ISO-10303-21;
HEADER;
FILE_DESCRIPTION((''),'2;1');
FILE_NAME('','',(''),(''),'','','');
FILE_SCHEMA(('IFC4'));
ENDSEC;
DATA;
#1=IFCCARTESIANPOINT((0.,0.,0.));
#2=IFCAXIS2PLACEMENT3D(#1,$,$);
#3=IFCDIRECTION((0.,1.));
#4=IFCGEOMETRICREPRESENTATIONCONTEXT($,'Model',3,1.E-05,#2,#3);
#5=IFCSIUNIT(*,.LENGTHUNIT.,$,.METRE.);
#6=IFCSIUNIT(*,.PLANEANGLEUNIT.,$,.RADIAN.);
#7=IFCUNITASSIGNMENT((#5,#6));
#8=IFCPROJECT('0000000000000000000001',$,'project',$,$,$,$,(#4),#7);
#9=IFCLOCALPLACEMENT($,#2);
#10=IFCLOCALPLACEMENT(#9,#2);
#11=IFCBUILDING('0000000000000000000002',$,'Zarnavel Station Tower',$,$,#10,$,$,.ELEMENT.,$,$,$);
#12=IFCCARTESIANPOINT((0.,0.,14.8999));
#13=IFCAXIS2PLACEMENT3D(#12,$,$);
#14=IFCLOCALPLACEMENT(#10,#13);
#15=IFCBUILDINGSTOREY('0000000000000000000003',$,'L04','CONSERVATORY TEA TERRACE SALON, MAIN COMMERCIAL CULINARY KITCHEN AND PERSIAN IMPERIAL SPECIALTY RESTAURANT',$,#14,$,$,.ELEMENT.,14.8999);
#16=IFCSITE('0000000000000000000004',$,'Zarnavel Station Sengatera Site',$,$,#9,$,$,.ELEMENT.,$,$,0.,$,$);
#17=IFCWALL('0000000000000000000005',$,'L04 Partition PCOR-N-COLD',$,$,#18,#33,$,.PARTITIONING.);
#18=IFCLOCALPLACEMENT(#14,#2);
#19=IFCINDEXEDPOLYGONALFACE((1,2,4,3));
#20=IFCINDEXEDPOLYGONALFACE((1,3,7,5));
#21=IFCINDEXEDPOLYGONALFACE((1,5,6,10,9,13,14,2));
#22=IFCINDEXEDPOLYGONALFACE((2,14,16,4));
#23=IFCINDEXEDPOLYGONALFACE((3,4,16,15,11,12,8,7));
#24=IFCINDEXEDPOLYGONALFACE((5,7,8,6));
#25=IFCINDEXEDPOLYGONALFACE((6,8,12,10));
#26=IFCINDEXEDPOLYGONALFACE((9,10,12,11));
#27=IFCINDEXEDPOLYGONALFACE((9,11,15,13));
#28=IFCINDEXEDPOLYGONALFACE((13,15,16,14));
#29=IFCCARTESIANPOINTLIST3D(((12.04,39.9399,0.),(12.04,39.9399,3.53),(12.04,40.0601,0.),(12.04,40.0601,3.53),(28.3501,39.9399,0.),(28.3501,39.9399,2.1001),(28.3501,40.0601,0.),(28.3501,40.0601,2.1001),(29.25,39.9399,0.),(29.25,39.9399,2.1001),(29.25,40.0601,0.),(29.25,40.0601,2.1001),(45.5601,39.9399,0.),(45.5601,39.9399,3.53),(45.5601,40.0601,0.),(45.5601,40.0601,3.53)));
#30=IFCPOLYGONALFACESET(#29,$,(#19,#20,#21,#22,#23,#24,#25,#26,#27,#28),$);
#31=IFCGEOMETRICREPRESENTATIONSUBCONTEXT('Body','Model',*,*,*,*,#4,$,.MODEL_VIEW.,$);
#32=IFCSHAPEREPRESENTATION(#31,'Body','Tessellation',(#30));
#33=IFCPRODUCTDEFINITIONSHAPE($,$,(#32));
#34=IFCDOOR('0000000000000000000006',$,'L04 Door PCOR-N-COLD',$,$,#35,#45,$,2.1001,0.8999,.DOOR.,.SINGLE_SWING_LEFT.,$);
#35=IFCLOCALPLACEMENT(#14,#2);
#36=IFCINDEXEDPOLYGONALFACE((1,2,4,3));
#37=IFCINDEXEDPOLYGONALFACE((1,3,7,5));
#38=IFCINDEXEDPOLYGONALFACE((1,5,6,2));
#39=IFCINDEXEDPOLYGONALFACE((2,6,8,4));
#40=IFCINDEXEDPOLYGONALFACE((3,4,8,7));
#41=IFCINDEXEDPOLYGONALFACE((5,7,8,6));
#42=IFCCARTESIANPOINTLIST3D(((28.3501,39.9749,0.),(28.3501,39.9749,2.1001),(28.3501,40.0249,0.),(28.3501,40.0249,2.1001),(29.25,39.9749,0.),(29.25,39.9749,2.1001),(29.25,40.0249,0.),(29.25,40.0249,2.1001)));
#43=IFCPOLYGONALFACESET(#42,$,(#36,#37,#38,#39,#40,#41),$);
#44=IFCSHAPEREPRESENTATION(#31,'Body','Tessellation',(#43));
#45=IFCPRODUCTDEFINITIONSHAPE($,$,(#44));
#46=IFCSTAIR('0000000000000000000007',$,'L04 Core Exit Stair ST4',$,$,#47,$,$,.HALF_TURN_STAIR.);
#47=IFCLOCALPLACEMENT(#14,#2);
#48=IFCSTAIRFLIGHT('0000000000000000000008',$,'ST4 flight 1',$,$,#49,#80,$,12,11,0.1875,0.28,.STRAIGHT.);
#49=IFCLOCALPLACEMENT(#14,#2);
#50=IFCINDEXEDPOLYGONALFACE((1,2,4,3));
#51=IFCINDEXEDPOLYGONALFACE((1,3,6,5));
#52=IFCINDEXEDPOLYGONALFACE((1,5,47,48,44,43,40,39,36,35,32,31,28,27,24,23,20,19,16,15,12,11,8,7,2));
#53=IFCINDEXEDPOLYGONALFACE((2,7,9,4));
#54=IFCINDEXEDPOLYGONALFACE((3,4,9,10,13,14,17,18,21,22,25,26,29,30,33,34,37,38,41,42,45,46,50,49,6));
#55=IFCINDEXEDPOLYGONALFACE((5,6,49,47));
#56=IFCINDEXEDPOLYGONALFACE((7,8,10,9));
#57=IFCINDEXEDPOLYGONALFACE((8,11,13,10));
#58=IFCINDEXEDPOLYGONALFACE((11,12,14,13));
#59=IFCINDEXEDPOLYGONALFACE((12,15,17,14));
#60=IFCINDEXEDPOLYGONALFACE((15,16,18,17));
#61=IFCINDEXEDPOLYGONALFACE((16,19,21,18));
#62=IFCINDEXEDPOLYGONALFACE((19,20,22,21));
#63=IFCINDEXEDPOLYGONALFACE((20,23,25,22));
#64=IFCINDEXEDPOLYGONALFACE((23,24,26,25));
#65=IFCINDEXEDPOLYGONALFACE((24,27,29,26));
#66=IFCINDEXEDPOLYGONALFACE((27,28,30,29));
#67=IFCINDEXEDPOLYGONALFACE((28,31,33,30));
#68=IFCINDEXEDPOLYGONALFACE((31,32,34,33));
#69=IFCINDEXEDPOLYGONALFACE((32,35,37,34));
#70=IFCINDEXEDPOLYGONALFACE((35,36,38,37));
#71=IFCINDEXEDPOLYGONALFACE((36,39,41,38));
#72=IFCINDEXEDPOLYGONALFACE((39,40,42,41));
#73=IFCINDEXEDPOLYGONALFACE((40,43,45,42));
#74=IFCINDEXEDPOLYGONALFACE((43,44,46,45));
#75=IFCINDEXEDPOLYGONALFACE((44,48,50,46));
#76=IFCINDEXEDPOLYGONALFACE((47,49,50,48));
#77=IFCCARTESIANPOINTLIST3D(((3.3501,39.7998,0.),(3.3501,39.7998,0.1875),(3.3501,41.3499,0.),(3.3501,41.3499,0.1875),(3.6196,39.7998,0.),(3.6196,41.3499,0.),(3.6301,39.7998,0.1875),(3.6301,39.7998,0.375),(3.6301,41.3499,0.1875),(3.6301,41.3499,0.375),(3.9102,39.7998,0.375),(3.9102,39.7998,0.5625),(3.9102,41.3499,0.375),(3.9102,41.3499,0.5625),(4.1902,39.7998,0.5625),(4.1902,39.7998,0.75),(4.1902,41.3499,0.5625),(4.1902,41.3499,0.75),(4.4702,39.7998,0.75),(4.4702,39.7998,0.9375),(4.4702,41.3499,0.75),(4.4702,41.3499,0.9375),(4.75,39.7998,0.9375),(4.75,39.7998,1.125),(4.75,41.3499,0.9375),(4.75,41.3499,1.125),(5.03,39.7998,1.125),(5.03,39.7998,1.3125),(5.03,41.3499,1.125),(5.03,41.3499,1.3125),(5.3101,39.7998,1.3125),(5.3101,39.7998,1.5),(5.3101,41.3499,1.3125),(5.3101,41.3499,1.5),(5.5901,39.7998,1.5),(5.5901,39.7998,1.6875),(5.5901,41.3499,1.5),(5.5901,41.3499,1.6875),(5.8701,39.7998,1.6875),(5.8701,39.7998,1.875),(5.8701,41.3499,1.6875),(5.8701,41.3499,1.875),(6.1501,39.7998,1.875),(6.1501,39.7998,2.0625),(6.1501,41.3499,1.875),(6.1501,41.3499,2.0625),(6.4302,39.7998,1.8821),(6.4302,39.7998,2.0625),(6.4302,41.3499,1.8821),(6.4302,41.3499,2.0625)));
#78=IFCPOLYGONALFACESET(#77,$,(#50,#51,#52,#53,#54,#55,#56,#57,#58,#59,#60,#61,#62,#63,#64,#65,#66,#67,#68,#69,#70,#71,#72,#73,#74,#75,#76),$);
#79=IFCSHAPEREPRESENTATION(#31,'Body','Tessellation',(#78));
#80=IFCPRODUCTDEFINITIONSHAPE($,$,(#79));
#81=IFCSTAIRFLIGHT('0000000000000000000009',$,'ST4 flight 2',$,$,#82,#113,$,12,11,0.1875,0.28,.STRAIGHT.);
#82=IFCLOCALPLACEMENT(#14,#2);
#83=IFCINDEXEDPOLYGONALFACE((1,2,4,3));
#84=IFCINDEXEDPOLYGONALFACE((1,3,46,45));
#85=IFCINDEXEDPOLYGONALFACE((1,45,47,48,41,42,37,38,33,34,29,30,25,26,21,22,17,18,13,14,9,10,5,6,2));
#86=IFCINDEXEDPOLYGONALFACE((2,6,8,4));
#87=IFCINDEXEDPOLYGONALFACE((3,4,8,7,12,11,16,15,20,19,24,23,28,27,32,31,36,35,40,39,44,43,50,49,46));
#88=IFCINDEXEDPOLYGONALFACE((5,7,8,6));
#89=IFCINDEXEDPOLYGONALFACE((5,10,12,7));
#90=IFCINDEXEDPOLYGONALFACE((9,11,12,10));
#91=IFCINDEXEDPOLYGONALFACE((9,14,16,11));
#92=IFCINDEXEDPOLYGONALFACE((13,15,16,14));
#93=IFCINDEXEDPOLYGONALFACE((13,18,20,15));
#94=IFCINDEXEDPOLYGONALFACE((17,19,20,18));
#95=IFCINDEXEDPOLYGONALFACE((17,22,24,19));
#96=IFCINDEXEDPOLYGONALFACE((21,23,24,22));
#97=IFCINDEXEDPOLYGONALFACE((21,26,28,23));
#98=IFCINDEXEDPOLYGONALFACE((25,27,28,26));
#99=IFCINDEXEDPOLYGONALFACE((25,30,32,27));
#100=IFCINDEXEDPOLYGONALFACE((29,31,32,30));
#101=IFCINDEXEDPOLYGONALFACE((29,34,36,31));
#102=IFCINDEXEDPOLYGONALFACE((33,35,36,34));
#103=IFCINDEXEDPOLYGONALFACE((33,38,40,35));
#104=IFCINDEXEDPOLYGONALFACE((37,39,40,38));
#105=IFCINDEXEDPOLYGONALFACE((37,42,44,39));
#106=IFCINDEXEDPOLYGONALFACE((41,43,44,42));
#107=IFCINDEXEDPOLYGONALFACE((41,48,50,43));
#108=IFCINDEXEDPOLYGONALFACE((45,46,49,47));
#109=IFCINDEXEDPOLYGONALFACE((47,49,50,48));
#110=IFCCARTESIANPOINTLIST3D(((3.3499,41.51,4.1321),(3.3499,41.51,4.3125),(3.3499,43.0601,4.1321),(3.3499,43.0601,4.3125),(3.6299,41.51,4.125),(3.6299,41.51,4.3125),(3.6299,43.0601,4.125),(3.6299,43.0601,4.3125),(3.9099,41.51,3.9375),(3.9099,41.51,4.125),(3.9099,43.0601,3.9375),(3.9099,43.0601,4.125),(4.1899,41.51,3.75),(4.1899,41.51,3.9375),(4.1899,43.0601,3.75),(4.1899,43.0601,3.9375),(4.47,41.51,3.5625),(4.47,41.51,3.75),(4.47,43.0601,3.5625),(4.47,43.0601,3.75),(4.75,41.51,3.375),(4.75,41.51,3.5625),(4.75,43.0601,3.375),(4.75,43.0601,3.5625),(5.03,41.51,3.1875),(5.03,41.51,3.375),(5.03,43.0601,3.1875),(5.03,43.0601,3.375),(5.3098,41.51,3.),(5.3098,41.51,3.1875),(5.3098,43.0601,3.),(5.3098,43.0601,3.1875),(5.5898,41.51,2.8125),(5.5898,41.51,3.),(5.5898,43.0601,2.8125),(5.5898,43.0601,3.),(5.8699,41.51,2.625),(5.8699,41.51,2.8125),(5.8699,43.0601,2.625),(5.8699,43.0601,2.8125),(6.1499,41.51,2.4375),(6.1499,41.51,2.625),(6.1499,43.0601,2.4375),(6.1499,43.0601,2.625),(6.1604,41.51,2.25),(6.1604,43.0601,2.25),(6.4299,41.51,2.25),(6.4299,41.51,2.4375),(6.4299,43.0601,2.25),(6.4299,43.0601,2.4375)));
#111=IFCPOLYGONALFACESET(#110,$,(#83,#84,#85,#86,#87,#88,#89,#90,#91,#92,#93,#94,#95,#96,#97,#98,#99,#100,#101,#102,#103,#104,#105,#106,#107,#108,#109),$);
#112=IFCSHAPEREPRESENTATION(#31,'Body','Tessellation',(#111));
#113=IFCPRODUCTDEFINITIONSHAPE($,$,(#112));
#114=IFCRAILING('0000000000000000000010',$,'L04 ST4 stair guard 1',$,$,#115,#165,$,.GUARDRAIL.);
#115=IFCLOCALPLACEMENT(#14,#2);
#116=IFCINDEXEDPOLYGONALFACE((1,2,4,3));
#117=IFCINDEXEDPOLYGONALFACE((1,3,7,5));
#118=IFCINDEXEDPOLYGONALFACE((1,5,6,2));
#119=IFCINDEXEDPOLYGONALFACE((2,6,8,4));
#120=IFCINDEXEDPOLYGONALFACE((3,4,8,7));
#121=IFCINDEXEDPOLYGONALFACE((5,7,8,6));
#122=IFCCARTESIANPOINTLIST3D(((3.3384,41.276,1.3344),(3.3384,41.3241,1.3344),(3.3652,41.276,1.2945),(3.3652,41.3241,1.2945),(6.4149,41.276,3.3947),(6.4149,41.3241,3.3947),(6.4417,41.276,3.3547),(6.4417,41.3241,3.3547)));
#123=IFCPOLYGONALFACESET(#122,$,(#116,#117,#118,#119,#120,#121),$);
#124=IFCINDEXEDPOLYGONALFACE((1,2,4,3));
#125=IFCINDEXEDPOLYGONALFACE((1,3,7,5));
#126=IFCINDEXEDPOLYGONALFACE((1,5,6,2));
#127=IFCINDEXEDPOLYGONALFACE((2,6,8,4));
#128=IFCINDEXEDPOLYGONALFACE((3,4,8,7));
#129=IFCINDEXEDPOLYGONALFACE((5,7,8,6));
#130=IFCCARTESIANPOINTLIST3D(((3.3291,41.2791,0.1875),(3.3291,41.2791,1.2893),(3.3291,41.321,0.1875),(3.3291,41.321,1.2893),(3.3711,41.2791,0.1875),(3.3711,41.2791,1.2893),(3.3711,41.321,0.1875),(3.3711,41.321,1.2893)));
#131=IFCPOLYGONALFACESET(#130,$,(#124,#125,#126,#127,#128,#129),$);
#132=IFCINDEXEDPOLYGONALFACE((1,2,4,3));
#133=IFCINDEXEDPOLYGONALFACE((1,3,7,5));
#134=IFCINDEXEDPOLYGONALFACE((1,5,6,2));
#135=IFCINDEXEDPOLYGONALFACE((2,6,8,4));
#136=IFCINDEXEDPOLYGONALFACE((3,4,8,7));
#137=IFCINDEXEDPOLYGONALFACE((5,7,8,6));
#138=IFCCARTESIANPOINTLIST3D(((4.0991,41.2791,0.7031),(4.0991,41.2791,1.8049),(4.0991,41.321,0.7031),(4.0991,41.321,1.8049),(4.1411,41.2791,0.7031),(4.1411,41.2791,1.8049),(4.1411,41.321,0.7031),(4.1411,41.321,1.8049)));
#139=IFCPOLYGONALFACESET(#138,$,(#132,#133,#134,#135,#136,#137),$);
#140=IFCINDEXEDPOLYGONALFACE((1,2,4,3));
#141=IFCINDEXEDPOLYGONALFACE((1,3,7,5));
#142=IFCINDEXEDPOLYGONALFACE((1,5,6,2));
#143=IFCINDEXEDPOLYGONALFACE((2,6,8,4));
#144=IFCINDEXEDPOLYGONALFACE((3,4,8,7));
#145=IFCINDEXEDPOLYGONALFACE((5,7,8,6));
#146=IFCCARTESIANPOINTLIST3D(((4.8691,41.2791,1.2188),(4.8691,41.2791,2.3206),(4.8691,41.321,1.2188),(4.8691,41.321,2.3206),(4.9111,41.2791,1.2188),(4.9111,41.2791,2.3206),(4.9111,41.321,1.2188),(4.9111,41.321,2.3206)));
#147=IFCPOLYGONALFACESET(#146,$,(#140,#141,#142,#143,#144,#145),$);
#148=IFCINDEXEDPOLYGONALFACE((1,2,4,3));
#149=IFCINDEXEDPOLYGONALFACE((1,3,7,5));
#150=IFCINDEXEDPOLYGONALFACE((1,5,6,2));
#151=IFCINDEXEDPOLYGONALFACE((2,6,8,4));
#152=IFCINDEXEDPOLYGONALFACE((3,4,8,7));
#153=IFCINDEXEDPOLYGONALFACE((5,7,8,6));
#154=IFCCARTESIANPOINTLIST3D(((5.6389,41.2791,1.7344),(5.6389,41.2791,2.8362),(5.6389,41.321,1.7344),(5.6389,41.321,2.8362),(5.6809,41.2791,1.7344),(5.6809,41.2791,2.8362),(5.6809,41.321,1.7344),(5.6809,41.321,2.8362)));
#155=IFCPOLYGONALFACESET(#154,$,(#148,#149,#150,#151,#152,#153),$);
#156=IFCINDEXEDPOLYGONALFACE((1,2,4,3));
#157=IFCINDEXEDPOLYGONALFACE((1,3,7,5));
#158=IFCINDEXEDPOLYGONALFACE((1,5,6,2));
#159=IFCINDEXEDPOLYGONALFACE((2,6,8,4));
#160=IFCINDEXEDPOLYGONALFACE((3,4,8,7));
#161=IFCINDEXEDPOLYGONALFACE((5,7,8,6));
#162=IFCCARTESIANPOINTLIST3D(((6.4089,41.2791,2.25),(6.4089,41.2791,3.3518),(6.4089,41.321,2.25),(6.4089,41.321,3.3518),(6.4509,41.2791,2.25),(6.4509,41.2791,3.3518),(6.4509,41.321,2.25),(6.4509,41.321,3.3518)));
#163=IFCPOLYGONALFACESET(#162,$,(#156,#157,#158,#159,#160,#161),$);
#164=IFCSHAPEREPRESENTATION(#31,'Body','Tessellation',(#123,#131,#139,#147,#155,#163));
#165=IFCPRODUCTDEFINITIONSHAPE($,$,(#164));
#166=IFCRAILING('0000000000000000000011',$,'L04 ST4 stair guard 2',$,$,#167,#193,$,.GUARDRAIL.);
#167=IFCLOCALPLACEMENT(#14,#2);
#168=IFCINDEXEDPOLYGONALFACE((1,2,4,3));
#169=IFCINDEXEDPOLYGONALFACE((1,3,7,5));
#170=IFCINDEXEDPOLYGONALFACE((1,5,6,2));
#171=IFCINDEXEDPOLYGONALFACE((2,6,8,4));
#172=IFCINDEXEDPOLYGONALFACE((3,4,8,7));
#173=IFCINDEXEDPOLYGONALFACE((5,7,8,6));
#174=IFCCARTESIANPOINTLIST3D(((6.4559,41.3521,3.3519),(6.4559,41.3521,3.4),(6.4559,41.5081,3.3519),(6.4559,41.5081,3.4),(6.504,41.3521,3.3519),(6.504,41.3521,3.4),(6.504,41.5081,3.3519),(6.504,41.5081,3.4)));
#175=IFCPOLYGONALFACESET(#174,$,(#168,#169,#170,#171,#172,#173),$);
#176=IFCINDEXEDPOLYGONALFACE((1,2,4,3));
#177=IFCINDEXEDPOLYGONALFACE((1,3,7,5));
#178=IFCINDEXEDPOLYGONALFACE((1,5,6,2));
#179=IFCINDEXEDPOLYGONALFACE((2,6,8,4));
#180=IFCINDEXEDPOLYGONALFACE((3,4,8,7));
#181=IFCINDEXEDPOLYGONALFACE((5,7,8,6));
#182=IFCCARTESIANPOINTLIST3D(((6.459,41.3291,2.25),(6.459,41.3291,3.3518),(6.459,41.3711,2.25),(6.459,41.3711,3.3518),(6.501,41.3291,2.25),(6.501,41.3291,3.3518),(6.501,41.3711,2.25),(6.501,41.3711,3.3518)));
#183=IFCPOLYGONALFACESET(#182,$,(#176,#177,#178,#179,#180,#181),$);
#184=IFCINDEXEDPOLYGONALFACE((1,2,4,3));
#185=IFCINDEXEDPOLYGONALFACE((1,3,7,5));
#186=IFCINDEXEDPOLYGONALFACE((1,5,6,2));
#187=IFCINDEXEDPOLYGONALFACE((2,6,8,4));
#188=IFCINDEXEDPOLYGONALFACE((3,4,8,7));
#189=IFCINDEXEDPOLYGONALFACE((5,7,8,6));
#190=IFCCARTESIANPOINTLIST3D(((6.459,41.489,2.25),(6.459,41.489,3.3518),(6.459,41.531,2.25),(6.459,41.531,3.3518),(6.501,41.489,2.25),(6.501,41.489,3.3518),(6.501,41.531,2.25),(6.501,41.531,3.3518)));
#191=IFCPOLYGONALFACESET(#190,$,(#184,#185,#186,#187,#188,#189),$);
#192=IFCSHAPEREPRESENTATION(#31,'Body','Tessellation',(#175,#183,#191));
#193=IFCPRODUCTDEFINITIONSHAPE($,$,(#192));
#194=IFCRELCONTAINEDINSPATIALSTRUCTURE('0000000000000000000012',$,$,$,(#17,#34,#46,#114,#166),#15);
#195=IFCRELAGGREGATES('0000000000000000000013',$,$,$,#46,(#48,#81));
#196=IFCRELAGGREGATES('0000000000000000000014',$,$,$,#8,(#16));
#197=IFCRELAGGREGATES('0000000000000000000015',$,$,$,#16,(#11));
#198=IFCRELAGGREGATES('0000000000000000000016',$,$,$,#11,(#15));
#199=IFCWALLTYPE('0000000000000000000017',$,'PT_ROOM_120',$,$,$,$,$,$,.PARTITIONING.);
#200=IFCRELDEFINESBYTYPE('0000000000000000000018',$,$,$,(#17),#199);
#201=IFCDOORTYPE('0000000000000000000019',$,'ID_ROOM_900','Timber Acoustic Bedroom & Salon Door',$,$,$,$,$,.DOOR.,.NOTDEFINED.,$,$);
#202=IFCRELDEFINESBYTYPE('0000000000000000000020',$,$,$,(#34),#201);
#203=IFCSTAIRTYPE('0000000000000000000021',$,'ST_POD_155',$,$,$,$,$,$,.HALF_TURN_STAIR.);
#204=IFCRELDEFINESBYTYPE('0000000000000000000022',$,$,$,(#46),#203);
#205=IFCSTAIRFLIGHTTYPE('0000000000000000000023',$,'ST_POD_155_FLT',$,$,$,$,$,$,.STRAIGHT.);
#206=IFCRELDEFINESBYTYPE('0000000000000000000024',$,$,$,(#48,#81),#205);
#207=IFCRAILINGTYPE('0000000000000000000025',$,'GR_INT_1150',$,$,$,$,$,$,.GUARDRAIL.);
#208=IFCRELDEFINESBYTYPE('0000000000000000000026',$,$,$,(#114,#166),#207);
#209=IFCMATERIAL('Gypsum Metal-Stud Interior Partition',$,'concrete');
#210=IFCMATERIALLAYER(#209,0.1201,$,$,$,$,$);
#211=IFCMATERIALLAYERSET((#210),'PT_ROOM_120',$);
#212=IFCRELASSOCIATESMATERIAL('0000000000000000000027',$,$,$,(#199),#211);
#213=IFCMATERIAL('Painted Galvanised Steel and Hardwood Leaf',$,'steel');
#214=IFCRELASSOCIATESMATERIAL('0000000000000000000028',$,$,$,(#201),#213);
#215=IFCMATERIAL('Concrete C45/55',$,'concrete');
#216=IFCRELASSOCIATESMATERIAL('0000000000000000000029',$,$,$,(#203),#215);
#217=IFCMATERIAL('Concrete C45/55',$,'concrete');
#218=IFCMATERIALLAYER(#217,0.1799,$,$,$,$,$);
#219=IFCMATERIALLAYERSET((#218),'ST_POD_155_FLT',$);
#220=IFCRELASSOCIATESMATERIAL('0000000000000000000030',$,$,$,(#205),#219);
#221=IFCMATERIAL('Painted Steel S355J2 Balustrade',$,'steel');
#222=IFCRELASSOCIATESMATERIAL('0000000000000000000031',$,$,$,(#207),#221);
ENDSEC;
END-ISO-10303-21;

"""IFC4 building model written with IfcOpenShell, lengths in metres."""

from ifc_helpers import new_model, si_unit, direction, frame, frame_2d, origin, origin_2d, place, context, subcontext, project, spatial, polyline, rectangle, outline, extrude, material, layer, layer_set, type_object, element, fill, aggregate, save


model = new_model("IFC4")

# Units and contexts
model_context = context("Model", 3, precision=1e-05, world=origin(), true_north=direction((0.0, 1.0)))
body_context = subcontext(model_context, "Body", "Model", "MODEL_VIEW")
ifc_project = project(units=[si_unit("LENGTHUNIT", "METRE"), si_unit("PLANEANGLEUNIT", "RADIAN")], contexts=[model_context])

# Site, building, storey
site_placement = place(None, origin())
site = spatial("IfcSite", under=ifc_project, at=site_placement, Name="Zarnavel Station Sengatera Site", CompositionType="ELEMENT", RefElevation=0.0)
building_placement = place(site_placement, origin())
building = spatial("IfcBuilding", under=site, at=building_placement, Name="Zarnavel Station Tower", CompositionType="ELEMENT")
storey_placement = place(building_placement, frame((0.0, 0.0, 14.8999)))
storey = spatial("IfcBuildingStorey", under=building, at=storey_placement, Name="L04", Description="CONSERVATORY TEA TERRACE SALON, MAIN COMMERCIAL CULINARY KITCHEN AND PERSIAN IMPERIAL SPECIALTY RESTAURANT", CompositionType="ELEMENT", Elevation=14.8999)

# Wall, opening, door
ifc_material_1 = material(Name="Gypsum Metal-Stud Interior Partition", Category="concrete")
ifc_layer_1 = layer(ifc_material_1, 0.1201)
ifc_layer_set_1 = layer_set([ifc_layer_1], Name="PT_ROOM_120")
wall_type_1 = type_object("IfcWallType", Name="PT_ROOM_120", PredefinedType="PARTITIONING", material=ifc_layer_set_1)
wall_1_placement = place(storey_placement, frame((12.04, 40.0, 0.0), z_axis=(0.0, 0.0, 1.0), x_axis=(1.0, 0.0, 0.0)))
wall_1 = element("IfcWall", 1, at=wall_1_placement, inside=storey, type_object=wall_type_1, Name="L04 Partition PCOR-N-COLD", PredefinedType="PARTITIONING", context=body_context, shape_type="SweptSolid", body=[
    extrude(rectangle(XDim=33.52, YDim=0.1201, at=frame_2d((16.76, 0.0))), origin(), (0.0, 0.0, 1.0), 3.53),
])
opening_placement = place(wall_1_placement, frame((16.3101, 0.0, 0.0)))
opening = element("IfcOpeningElement", 2, at=opening_placement, cuts=wall_1, PredefinedType="OPENING", context=body_context, shape_type="SweptSolid", body=[
    extrude(rectangle(XDim=0.8999, YDim=2.1001, at=frame_2d((0.45, 1.05))), frame((0.0, 0.0701, 0.0), z_axis=(0.0, -1.0, 0.0), x_axis=(1.0, 0.0, 0.0)), (0.0, 0.0, 1.0), 0.1401),
])
ifc_material_2 = material(Name="Painted Galvanised Steel and Hardwood Leaf", Category="steel")
door_type = type_object("IfcDoorType", Name="ID_ROOM_900", Description="Timber Acoustic Bedroom & Salon Door", OperationType="NOTDEFINED", PredefinedType="DOOR", material=ifc_material_2)
door_placement = place(opening_placement, origin())
door = element("IfcDoor", 3, at=door_placement, inside=storey, type_object=door_type, Name="L04 Door PCOR-N-COLD", OperationType="SINGLE_SWING_LEFT", OverallHeight=2.1001, OverallWidth=0.8999, PredefinedType="DOOR", context=body_context, shape_type="SweptSolid", body=[
    extrude(rectangle(XDim=0.8999, YDim=2.1001, at=frame_2d((0.45, 1.05))), frame((0.0, 0.0249, 0.0), z_axis=(0.0, -1.0, 0.0), x_axis=(1.0, 0.0, 0.0)), (0.0, 0.0, 1.0), 0.05),
])
fill(opening, door)

# Stair, stair flights
ifc_material_3 = material(Name="Concrete C45/55", Category="concrete")
stair_type = type_object("IfcStairType", Name="ST_POD_155", PredefinedType="HALF_TURN_STAIR", material=ifc_material_3)
stair_placement = place(storey_placement, origin())
stair = element("IfcStair", 4, at=stair_placement, inside=storey, type_object=stair_type, Name="L04 Core Exit Stair ST4", PredefinedType="HALF_TURN_STAIR")
ifc_material_4 = material(Name="Concrete C45/55", Category="concrete")
ifc_layer_2 = layer(ifc_material_4, 0.1799)
ifc_layer_set_2 = layer_set([ifc_layer_2], Name="ST_POD_155_FLT")
stair_flight_type = type_object("IfcStairFlightType", Name="ST_POD_155_FLT", PredefinedType="STRAIGHT", material=ifc_layer_set_2)
stair_flight_1_placement = place(storey_placement, frame((3.3501, 40.575, 0.0), z_axis=(0.0, 0.0, 1.0), x_axis=(1.0, 0.0, 0.0)))
stair_flight_1 = element("IfcStairFlight", 5, at=stair_flight_1_placement, type_object=stair_flight_type, Name="ST4 flight 1", NumberOfRisers=12, NumberOfTreads=11, PredefinedType="STRAIGHT", RiserHeight=0.1875, TreadLength=0.28, context=body_context, shape_type="SweptSolid", body=[
    extrude(outline(polyline([(0.0, 0.0), (0.0, 0.1875), (0.28, 0.1875), (0.28, 0.375), (0.5601, 0.375), (0.5601, 0.5625), (0.8401, 0.5625), (0.8401, 0.75), (1.1201, 0.75), (1.1201, 0.9375), (1.3999, 0.9375), (1.3999, 1.125), (1.6799, 1.125), (1.6799, 1.3125), (1.96, 1.3125), (1.96, 1.5), (2.24, 1.5), (2.24, 1.6875), (2.52, 1.6875), (2.52, 1.875), (2.8, 1.875), (2.8, 2.0625), (3.0801, 2.0625), (3.0801, 2.25), (3.0801, 1.8821), (0.2695, 0.0), (0.0, 0.0)])), frame((0.0, 0.7749, 0.0), z_axis=(0.0, -1.0, 0.0), x_axis=(1.0, 0.0, 0.0)), (0.0, 0.0, 1.0), 1.55),
])
stair_flight_2_placement = place(storey_placement, frame((6.4299, 42.2849, 2.25), z_axis=(0.0, 0.0, 1.0), x_axis=(-1.0, 0.0, 0.0)))
stair_flight_2 = element("IfcStairFlight", 6, at=stair_flight_2_placement, type_object=stair_flight_type, Name="ST4 flight 2", NumberOfRisers=12, NumberOfTreads=11, PredefinedType="STRAIGHT", RiserHeight=0.1875, TreadLength=0.28, context=body_context, shape_type="SweptSolid", body=[
    extrude(outline(polyline([(0.0, 0.0), (0.0, 0.1875), (0.28, 0.1875), (0.28, 0.375), (0.5601, 0.375), (0.5601, 0.5625), (0.8401, 0.5625), (0.8401, 0.75), (1.1201, 0.75), (1.1201, 0.9375), (1.3999, 0.9375), (1.3999, 1.125), (1.6799, 1.125), (1.6799, 1.3125), (1.96, 1.3125), (1.96, 1.5), (2.24, 1.5), (2.24, 1.6875), (2.52, 1.6875), (2.52, 1.875), (2.8, 1.875), (2.8, 2.0625), (3.0801, 2.0625), (3.0801, 2.25), (3.0801, 1.8821), (0.2695, 0.0), (0.0, 0.0)])), frame((0.0, 0.7749, 0.0), z_axis=(0.0, -1.0, 0.0), x_axis=(1.0, 0.0, 0.0)), (0.0, 0.0, 1.0), 1.55),
])
aggregate(stair, [stair_flight_1, stair_flight_2])

# Railings
ifc_material_5 = material(Name="Painted Steel S355J2 Balustrade", Category="steel")
railing_type_1 = type_object("IfcRailingType", Name="GR_INT_1150", PredefinedType="GUARDRAIL", material=ifc_material_5)
railing_1_placement = place(storey_placement, frame((3.3501, 41.3, 0.1875)))
element("IfcRailing", 7, at=railing_1_placement, inside=storey, type_object=railing_type_1, Name="L04 ST4 stair guard 1", PredefinedType="GUARDRAIL", context=body_context, shape_type="SweptSolid", body=[
    extrude(rectangle(XDim=0.0481, YDim=0.0481, at=origin_2d()), frame((0.0017, 0.0, 1.127), z_axis=(0.830893, 0.0, 0.556432), x_axis=(0.0, 1.0, 0.0)), (0.0, 0.0, 1.0), 3.7026),
    extrude(rectangle(XDim=0.042, YDim=0.042, at=origin_2d()), origin(), (0.0, 0.0, 1.0), 1.1018),
    extrude(rectangle(XDim=0.042, YDim=0.042, at=origin_2d()), frame((0.77, 0.0, 0.5156)), (0.0, 0.0, 1.0), 1.1018),
    extrude(rectangle(XDim=0.042, YDim=0.042, at=origin_2d()), frame((1.54, 0.0, 1.0312)), (0.0, 0.0, 1.0), 1.1018),
    extrude(rectangle(XDim=0.042, YDim=0.042, at=origin_2d()), frame((2.3098, 0.0, 1.5469)), (0.0, 0.0, 1.0), 1.1018),
    extrude(rectangle(XDim=0.042, YDim=0.042, at=origin_2d()), frame((3.0798, 0.0, 2.0625)), (0.0, 0.0, 1.0), 1.1018),
])
railing_2_placement = place(storey_placement, frame((6.48, 41.3501, 2.25)))
element("IfcRailing", 8, at=railing_2_placement, inside=storey, type_object=railing_type_1, Name="L04 ST4 stair guard 2", PredefinedType="GUARDRAIL", context=body_context, shape_type="SweptSolid", body=[
    extrude(rectangle(XDim=0.0481, YDim=0.0481, at=origin_2d()), frame((0.0, 0.002, 1.126), z_axis=(0.0, 1.0, 0.0), x_axis=(-1.0, 0.0, 0.0)), (0.0, 0.0, 1.0), 0.156),
    extrude(rectangle(XDim=0.042, YDim=0.042, at=origin_2d()), origin(), (0.0, 0.0, 1.0), 1.1018),
    extrude(rectangle(XDim=0.042, YDim=0.042, at=origin_2d()), frame((0.0, 0.1599, 0.0)), (0.0, 0.0, 1.0), 1.1018),
])

save(model, "model.ifc")
